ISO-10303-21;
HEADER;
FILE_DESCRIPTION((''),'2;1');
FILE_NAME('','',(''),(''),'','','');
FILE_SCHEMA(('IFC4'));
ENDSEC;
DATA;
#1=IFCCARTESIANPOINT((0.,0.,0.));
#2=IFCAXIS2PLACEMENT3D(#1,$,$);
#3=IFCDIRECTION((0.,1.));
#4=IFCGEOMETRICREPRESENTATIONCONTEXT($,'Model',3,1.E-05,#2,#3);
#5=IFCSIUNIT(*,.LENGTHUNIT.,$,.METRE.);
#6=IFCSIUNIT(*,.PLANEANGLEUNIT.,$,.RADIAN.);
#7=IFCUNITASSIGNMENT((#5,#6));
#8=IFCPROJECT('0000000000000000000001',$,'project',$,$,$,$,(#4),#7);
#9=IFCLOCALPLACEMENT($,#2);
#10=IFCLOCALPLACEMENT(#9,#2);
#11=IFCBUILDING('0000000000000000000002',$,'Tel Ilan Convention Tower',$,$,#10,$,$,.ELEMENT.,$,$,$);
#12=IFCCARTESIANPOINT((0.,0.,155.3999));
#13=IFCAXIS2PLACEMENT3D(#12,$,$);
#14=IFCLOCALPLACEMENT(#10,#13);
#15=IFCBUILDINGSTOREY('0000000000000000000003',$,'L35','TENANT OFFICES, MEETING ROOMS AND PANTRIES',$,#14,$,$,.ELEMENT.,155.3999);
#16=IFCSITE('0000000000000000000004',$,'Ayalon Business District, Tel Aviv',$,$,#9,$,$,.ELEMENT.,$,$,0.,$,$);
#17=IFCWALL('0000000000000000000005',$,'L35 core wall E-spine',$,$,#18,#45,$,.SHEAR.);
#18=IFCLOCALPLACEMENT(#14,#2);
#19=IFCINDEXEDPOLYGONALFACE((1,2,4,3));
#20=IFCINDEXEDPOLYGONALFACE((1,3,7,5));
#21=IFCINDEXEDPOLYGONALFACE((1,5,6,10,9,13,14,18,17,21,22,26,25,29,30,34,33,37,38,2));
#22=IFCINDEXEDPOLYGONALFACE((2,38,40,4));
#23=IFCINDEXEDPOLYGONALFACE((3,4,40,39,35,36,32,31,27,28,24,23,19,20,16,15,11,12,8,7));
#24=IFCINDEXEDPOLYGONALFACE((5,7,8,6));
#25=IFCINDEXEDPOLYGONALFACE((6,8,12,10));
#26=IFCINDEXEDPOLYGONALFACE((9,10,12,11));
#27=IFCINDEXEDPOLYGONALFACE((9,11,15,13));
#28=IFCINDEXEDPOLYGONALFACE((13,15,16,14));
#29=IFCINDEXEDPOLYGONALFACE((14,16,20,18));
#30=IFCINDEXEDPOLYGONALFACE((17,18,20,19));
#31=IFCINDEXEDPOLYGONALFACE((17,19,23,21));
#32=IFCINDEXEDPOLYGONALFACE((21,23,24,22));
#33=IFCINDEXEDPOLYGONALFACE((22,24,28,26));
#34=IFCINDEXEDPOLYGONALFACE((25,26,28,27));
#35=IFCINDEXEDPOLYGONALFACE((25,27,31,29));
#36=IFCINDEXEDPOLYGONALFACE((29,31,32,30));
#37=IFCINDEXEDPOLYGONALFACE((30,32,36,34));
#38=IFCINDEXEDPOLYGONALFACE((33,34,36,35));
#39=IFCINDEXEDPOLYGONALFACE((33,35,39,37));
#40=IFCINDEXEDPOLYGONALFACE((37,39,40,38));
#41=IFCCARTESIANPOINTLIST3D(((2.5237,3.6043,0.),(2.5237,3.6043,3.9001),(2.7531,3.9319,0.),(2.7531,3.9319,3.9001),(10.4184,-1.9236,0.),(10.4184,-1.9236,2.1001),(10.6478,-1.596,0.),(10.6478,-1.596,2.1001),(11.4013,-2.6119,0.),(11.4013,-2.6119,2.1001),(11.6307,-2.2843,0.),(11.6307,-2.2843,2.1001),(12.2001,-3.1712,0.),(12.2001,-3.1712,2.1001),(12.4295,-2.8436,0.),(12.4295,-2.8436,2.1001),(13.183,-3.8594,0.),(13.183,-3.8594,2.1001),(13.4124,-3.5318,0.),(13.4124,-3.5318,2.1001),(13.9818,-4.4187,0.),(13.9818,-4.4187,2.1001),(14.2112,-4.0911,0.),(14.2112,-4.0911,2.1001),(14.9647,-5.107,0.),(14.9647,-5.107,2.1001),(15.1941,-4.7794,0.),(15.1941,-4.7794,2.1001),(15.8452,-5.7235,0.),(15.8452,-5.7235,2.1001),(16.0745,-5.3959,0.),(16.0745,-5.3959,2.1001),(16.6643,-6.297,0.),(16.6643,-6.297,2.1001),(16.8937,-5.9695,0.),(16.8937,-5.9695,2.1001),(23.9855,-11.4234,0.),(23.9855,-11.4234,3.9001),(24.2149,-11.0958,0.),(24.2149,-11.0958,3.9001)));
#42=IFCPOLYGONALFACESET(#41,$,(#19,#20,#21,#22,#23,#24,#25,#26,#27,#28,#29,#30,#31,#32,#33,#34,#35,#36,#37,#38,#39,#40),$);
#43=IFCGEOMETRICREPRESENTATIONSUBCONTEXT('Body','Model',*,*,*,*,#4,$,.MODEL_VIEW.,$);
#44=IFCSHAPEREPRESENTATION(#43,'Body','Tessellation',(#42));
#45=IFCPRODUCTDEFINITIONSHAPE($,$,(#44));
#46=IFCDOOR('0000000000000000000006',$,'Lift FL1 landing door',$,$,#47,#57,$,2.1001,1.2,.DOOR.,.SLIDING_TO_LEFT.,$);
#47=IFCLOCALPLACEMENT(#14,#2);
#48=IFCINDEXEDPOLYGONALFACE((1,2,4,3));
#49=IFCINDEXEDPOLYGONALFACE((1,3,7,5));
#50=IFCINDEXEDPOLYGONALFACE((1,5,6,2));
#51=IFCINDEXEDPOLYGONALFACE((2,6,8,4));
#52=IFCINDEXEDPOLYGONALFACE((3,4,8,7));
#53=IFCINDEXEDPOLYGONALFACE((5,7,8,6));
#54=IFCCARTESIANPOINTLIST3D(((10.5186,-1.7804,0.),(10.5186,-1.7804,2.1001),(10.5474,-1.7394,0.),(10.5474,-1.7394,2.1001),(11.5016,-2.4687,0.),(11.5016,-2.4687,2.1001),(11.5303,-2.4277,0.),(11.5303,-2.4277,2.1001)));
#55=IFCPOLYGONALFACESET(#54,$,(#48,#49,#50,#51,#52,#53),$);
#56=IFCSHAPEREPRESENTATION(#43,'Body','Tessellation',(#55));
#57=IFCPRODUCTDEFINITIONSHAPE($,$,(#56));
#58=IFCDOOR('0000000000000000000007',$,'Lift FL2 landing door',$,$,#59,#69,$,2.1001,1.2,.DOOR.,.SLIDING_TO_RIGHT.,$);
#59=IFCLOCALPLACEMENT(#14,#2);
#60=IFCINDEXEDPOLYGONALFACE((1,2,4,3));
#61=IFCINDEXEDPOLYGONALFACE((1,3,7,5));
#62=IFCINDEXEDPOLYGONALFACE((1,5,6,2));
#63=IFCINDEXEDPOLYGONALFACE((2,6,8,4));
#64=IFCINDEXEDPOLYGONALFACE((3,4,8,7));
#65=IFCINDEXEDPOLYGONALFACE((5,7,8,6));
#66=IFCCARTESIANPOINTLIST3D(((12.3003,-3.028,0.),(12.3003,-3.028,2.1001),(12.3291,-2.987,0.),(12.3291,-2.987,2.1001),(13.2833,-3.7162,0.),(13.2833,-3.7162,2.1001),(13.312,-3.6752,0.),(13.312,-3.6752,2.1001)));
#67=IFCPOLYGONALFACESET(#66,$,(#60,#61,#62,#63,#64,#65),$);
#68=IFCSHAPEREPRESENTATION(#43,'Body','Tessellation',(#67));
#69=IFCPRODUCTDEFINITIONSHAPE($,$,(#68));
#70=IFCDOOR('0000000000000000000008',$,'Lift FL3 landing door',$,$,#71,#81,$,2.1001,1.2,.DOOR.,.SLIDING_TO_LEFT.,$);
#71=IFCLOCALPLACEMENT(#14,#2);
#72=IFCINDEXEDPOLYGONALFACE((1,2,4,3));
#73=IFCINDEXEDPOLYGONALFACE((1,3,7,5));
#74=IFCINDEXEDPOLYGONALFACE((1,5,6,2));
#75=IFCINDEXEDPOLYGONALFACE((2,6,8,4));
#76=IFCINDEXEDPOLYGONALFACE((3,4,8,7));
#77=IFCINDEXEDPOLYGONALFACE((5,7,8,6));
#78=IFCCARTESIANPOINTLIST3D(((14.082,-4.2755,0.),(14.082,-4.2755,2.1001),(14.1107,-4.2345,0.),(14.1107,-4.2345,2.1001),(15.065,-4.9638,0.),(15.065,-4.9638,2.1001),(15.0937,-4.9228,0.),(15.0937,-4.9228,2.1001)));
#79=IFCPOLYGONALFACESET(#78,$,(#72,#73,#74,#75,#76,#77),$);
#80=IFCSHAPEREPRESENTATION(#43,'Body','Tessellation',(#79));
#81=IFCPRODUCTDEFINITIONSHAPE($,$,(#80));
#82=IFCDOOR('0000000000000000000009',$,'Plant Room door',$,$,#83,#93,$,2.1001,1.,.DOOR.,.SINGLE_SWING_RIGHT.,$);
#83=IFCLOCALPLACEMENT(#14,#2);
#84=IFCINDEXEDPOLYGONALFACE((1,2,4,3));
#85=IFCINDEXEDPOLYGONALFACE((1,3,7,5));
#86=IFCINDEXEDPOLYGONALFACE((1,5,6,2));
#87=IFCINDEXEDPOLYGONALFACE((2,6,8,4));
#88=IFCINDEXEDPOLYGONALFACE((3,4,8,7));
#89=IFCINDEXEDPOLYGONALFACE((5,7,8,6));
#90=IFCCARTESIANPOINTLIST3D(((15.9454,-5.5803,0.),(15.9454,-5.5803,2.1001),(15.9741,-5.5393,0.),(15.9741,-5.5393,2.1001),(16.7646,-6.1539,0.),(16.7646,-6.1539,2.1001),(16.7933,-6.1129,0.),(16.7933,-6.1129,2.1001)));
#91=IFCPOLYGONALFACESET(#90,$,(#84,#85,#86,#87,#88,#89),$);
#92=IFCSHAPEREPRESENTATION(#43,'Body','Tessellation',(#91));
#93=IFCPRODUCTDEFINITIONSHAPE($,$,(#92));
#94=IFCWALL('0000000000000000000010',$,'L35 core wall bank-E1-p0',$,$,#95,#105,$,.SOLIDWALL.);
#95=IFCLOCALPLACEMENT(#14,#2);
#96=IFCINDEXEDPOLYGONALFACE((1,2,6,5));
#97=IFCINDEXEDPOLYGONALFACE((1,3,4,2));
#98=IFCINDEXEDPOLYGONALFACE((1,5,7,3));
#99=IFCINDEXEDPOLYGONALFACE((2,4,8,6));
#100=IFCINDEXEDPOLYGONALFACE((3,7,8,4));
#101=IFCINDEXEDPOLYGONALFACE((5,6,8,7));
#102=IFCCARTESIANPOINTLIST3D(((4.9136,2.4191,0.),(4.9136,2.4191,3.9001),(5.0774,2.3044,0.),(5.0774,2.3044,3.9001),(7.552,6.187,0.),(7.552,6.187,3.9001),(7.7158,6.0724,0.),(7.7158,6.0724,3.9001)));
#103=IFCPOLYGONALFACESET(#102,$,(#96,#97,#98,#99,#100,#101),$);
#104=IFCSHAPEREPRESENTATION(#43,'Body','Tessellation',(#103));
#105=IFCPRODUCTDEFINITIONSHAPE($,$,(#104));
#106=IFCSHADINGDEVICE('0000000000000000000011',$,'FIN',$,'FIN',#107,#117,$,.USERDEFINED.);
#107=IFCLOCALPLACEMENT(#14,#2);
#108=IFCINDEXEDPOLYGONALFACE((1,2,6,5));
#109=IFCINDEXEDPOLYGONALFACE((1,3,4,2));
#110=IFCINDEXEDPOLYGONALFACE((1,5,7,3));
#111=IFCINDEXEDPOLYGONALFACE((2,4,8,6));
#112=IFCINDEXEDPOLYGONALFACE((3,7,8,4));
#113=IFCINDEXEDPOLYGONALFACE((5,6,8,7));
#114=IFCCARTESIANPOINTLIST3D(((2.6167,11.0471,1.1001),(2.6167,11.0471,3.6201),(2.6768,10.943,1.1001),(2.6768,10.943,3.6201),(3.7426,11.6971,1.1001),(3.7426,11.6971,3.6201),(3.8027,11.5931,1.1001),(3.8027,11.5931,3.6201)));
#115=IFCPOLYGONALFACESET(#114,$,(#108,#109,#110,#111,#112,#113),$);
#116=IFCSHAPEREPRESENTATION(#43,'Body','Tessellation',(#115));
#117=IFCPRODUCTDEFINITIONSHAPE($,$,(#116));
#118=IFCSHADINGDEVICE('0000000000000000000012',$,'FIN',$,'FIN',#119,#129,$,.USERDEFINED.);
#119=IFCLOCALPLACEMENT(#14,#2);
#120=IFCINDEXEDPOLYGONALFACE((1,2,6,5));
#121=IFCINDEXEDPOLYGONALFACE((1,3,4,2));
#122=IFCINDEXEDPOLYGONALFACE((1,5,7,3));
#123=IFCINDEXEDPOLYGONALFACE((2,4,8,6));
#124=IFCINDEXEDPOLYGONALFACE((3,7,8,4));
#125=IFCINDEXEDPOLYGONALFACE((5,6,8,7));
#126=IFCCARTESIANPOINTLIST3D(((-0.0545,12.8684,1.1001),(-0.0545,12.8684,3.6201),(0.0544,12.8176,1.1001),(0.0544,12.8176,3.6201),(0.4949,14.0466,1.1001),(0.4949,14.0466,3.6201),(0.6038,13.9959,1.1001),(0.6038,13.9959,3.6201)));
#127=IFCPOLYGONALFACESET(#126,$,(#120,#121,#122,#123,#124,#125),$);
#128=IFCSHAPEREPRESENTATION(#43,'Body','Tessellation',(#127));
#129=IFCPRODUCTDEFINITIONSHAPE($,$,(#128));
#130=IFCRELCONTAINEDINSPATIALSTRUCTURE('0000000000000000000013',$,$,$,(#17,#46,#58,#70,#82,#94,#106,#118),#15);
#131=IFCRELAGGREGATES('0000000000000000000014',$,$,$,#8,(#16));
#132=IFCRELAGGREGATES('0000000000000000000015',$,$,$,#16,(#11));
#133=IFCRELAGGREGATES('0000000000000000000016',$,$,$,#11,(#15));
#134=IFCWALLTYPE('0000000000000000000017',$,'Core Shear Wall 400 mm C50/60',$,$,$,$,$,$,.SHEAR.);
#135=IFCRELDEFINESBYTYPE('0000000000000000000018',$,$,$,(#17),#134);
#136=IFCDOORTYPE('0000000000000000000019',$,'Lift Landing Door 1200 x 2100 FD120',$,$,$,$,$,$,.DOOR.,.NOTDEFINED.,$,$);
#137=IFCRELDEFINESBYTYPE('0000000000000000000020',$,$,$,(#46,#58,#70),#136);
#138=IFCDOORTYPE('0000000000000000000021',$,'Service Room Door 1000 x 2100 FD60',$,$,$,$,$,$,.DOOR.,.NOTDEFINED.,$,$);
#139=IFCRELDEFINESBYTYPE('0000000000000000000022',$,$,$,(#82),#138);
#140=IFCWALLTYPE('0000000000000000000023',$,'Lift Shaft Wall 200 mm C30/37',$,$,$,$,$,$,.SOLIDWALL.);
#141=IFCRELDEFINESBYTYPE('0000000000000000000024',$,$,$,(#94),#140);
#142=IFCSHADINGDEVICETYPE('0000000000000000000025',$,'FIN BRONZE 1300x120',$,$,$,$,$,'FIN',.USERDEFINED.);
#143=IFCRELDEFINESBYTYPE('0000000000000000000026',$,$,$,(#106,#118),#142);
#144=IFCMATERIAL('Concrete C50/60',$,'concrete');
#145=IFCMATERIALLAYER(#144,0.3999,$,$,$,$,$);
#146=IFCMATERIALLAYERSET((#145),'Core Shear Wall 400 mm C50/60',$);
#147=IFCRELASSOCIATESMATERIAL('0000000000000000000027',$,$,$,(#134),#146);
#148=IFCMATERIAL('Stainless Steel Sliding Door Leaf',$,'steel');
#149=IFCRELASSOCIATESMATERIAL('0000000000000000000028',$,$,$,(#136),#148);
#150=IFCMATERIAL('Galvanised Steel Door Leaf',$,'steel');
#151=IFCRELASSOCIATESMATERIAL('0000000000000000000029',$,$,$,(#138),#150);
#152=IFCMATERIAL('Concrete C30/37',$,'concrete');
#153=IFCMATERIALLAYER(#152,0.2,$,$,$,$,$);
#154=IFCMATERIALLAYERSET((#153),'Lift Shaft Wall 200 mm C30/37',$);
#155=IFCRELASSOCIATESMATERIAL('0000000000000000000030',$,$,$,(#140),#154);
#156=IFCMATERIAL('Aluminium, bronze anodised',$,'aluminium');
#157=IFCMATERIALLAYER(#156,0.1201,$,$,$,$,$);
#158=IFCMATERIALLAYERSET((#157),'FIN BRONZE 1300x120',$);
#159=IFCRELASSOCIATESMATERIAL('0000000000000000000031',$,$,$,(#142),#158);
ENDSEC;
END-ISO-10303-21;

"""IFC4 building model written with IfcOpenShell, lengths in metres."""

from ifc_helpers import new_model, si_unit, direction, frame, frame_2d, origin, origin_2d, place, context, subcontext, project, spatial, polyline, rectangle, outline, extrude, material, layer, layer_set, type_object, element, fill, save


model = new_model("IFC4")

# Units and contexts
model_context = context("Model", 3, precision=1e-05, world=origin(), true_north=direction((0.0, 1.0)))
body_context = subcontext(model_context, "Body", "Model", "MODEL_VIEW")
ifc_project = project(units=[si_unit("LENGTHUNIT", "METRE"), si_unit("PLANEANGLEUNIT", "RADIAN")], contexts=[model_context])

# Site, building, storey
site_placement = place(None, origin())
site = spatial("IfcSite", under=ifc_project, at=site_placement, Name="Ayalon Business District, Tel Aviv", CompositionType="ELEMENT", RefElevation=0.0)
building_placement = place(site_placement, origin())
building = spatial("IfcBuilding", under=site, at=building_placement, Name="Tel Ilan Convention Tower", CompositionType="ELEMENT")
storey_placement = place(building_placement, frame((0.0, 0.0, 155.3999)))
storey = spatial("IfcBuildingStorey", under=building, at=storey_placement, Name="L35", Description="TENANT OFFICES, MEETING ROOMS AND PANTRIES", CompositionType="ELEMENT", Elevation=155.3999)

# Wall, openings, doors
ifc_material_1 = material(Name="Concrete C50/60", Category="concrete")
ifc_layer_1 = layer(ifc_material_1, 0.3999)
ifc_layer_set_1 = layer_set([ifc_layer_1], Name="Core Shear Wall 400 mm C50/60")
wall_type_1 = type_object("IfcWallType", Name="Core Shear Wall 400 mm C50/60", PredefinedType="SHEAR", material=ifc_layer_set_1)
wall_1_placement = place(storey_placement, frame((2.6384, 3.7681, 0.0), z_axis=(0.0, 0.0, 1.0), x_axis=(0.819153, -0.573576, 0.0)))
wall_1 = element("IfcWall", 1, at=wall_1_placement, inside=storey, type_object=wall_type_1, Name="L35 core wall E-spine", PredefinedType="SHEAR", context=body_context, shape_type="SweptSolid", body=[
    extrude(outline(polyline([(0.0, 0.2), (0.0, -0.2), (26.2, -0.2), (26.2, 0.2), (0.0, 0.2)])), origin(), (0.0, 0.0, 1.0), 3.9001),
])
opening_1_placement = place(wall_1_placement, frame((9.6375, 0.0, 0.0)))
opening_1 = element("IfcOpeningElement", 2, at=opening_1_placement, cuts=wall_1, PredefinedType="OPENING", context=body_context, shape_type="SweptSolid", body=[
    extrude(rectangle(XDim=1.2, YDim=2.1001, at=frame_2d((0.6001, 1.05))), frame((0.0, 0.21, 0.0), z_axis=(0.0, -1.0, 0.0), x_axis=(1.0, 0.0, 0.0)), (0.0, 0.0, 1.0), 0.4199),
])
opening_2_placement = place(wall_1_placement, frame((11.8125, 0.0, 0.0)))
opening_2 = element("IfcOpeningElement", 3, at=opening_2_placement, cuts=wall_1, PredefinedType="OPENING", context=body_context, shape_type="SweptSolid", body=[
    extrude(rectangle(XDim=1.2, YDim=2.1001, at=frame_2d((0.6001, 1.05))), frame((0.0, 0.21, 0.0), z_axis=(0.0, -1.0, 0.0), x_axis=(1.0, 0.0, 0.0)), (0.0, 0.0, 1.0), 0.4199),
])
opening_3_placement = place(wall_1_placement, frame((13.9875, 0.0, 0.0)))
opening_3 = element("IfcOpeningElement", 4, at=opening_3_placement, cuts=wall_1, PredefinedType="OPENING", context=body_context, shape_type="SweptSolid", body=[
    extrude(rectangle(XDim=1.2, YDim=2.1001, at=frame_2d((0.6001, 1.05))), frame((0.0, 0.21, 0.0), z_axis=(0.0, -1.0, 0.0), x_axis=(1.0, 0.0, 0.0)), (0.0, 0.0, 1.0), 0.4199),
])
opening_4_placement = place(wall_1_placement, frame((16.2625, 0.0, 0.0)))
opening_4 = element("IfcOpeningElement", 5, at=opening_4_placement, cuts=wall_1, PredefinedType="OPENING", context=body_context, shape_type="SweptSolid", body=[
    extrude(rectangle(XDim=1.0, YDim=2.1001, at=frame_2d((0.5, 1.05))), frame((0.0, 0.21, 0.0), z_axis=(0.0, -1.0, 0.0), x_axis=(1.0, 0.0, 0.0)), (0.0, 0.0, 1.0), 0.4199),
])
ifc_material_2 = material(Name="Stainless Steel Sliding Door Leaf", Category="steel")
door_type_1 = type_object("IfcDoorType", Name="Lift Landing Door 1200 x 2100 FD120", OperationType="NOTDEFINED", PredefinedType="DOOR", material=ifc_material_2)
door_1_placement = place(opening_1_placement, origin())
door_1 = element("IfcDoor", 6, at=door_1_placement, inside=storey, type_object=door_type_1, Name="Lift FL1 landing door", OperationType="SLIDING_TO_LEFT", OverallHeight=2.1001, OverallWidth=1.2, PredefinedType="DOOR", context=body_context, shape_type="SweptSolid", body=[
    extrude(rectangle(XDim=1.2, YDim=2.1001, at=frame_2d((0.6001, 1.05))), frame((0.0, 0.0249, 0.0), z_axis=(0.0, -1.0, 0.0), x_axis=(1.0, 0.0, 0.0)), (0.0, 0.0, 1.0), 0.05),
])
fill(opening_1, door_1)
door_2_placement = place(opening_2_placement, origin())
door_2 = element("IfcDoor", 7, at=door_2_placement, inside=storey, type_object=door_type_1, Name="Lift FL2 landing door", OperationType="SLIDING_TO_RIGHT", OverallHeight=2.1001, OverallWidth=1.2, PredefinedType="DOOR", context=body_context, shape_type="SweptSolid", body=[
    extrude(rectangle(XDim=1.2, YDim=2.1001, at=frame_2d((0.6001, 1.05))), frame((0.0, 0.0249, 0.0), z_axis=(0.0, -1.0, 0.0), x_axis=(1.0, 0.0, 0.0)), (0.0, 0.0, 1.0), 0.05),
])
fill(opening_2, door_2)
door_3_placement = place(opening_3_placement, origin())
door_3 = element("IfcDoor", 8, at=door_3_placement, inside=storey, type_object=door_type_1, Name="Lift FL3 landing door", OperationType="SLIDING_TO_LEFT", OverallHeight=2.1001, OverallWidth=1.2, PredefinedType="DOOR", context=body_context, shape_type="SweptSolid", body=[
    extrude(rectangle(XDim=1.2, YDim=2.1001, at=frame_2d((0.6001, 1.05))), frame((0.0, 0.0249, 0.0), z_axis=(0.0, -1.0, 0.0), x_axis=(1.0, 0.0, 0.0)), (0.0, 0.0, 1.0), 0.05),
])
fill(opening_3, door_3)
ifc_material_3 = material(Name="Galvanised Steel Door Leaf", Category="steel")
door_type_2 = type_object("IfcDoorType", Name="Service Room Door 1000 x 2100 FD60", OperationType="NOTDEFINED", PredefinedType="DOOR", material=ifc_material_3)
door_4_placement = place(opening_4_placement, origin())
door_4 = element("IfcDoor", 9, at=door_4_placement, inside=storey, type_object=door_type_2, Name="Plant Room door", OperationType="SINGLE_SWING_RIGHT", OverallHeight=2.1001, OverallWidth=1.0, PredefinedType="DOOR", context=body_context, shape_type="SweptSolid", body=[
    extrude(rectangle(XDim=1.0, YDim=2.1001, at=frame_2d((0.5, 1.05))), frame((0.0, 0.0249, 0.0), z_axis=(0.0, -1.0, 0.0), x_axis=(1.0, 0.0, 0.0)), (0.0, 0.0, 1.0), 0.05),
])
fill(opening_4, door_4)

# Wall
ifc_material_4 = material(Name="Concrete C30/37", Category="concrete")
ifc_layer_2 = layer(ifc_material_4, 0.2)
ifc_layer_set_2 = layer_set([ifc_layer_2], Name="Lift Shaft Wall 200 mm C30/37")
wall_type_2 = type_object("IfcWallType", Name="Lift Shaft Wall 200 mm C30/37", PredefinedType="SOLIDWALL", material=ifc_layer_set_2)
wall_2_placement = place(storey_placement, frame((4.9956, 2.3618, 0.0), z_axis=(0.0, 0.0, 1.0), x_axis=(0.573576, 0.819152, 0.0)))
element("IfcWall", 10, at=wall_2_placement, inside=storey, type_object=wall_type_2, Name="L35 core wall bank-E1-p0", PredefinedType="SOLIDWALL", context=body_context, shape_type="SweptSolid", body=[
    extrude(rectangle(XDim=4.5999, YDim=0.2, at=frame_2d((2.2998, 0.0))), origin(), (0.0, 0.0, 1.0), 3.9001),
])

# Shading devices
ifc_material_5 = material(Name="Aluminium, bronze anodised", Category="aluminium")
ifc_layer_3 = layer(ifc_material_5, 0.1201)
ifc_layer_set_3 = layer_set([ifc_layer_3], Name="FIN BRONZE 1300x120")
shading_device_type = type_object("IfcShadingDeviceType", Name="FIN BRONZE 1300x120", ElementType="FIN", PredefinedType="USERDEFINED", material=ifc_layer_set_3)
for number, where, z_axis, x_axis, name in (
    (11, (3.2097, 11.3201, 1.1001), (0.0, 0.0, 1.0), (0.866025, 0.5, 0.0), "FIN"),
    (12, (0.2747, 13.4321, 1.1001), (0.0, 0.0, 1.0), (0.422618, 0.906308, 0.0), "FIN"),
):
    element("IfcShadingDevice", number, at=place(storey_placement, frame(where, z_axis=z_axis, x_axis=x_axis)), inside=storey, type_object=shading_device_type, Name=name, ObjectType="FIN", PredefinedType="USERDEFINED", context=body_context, shape_type="SweptSolid", body=[
        extrude(rectangle(XDim=1.3, YDim=0.1201, at=origin_2d()), origin(), (0.0, 0.0, 1.0), 2.52),
    ])

save(model, "model.ifc")
